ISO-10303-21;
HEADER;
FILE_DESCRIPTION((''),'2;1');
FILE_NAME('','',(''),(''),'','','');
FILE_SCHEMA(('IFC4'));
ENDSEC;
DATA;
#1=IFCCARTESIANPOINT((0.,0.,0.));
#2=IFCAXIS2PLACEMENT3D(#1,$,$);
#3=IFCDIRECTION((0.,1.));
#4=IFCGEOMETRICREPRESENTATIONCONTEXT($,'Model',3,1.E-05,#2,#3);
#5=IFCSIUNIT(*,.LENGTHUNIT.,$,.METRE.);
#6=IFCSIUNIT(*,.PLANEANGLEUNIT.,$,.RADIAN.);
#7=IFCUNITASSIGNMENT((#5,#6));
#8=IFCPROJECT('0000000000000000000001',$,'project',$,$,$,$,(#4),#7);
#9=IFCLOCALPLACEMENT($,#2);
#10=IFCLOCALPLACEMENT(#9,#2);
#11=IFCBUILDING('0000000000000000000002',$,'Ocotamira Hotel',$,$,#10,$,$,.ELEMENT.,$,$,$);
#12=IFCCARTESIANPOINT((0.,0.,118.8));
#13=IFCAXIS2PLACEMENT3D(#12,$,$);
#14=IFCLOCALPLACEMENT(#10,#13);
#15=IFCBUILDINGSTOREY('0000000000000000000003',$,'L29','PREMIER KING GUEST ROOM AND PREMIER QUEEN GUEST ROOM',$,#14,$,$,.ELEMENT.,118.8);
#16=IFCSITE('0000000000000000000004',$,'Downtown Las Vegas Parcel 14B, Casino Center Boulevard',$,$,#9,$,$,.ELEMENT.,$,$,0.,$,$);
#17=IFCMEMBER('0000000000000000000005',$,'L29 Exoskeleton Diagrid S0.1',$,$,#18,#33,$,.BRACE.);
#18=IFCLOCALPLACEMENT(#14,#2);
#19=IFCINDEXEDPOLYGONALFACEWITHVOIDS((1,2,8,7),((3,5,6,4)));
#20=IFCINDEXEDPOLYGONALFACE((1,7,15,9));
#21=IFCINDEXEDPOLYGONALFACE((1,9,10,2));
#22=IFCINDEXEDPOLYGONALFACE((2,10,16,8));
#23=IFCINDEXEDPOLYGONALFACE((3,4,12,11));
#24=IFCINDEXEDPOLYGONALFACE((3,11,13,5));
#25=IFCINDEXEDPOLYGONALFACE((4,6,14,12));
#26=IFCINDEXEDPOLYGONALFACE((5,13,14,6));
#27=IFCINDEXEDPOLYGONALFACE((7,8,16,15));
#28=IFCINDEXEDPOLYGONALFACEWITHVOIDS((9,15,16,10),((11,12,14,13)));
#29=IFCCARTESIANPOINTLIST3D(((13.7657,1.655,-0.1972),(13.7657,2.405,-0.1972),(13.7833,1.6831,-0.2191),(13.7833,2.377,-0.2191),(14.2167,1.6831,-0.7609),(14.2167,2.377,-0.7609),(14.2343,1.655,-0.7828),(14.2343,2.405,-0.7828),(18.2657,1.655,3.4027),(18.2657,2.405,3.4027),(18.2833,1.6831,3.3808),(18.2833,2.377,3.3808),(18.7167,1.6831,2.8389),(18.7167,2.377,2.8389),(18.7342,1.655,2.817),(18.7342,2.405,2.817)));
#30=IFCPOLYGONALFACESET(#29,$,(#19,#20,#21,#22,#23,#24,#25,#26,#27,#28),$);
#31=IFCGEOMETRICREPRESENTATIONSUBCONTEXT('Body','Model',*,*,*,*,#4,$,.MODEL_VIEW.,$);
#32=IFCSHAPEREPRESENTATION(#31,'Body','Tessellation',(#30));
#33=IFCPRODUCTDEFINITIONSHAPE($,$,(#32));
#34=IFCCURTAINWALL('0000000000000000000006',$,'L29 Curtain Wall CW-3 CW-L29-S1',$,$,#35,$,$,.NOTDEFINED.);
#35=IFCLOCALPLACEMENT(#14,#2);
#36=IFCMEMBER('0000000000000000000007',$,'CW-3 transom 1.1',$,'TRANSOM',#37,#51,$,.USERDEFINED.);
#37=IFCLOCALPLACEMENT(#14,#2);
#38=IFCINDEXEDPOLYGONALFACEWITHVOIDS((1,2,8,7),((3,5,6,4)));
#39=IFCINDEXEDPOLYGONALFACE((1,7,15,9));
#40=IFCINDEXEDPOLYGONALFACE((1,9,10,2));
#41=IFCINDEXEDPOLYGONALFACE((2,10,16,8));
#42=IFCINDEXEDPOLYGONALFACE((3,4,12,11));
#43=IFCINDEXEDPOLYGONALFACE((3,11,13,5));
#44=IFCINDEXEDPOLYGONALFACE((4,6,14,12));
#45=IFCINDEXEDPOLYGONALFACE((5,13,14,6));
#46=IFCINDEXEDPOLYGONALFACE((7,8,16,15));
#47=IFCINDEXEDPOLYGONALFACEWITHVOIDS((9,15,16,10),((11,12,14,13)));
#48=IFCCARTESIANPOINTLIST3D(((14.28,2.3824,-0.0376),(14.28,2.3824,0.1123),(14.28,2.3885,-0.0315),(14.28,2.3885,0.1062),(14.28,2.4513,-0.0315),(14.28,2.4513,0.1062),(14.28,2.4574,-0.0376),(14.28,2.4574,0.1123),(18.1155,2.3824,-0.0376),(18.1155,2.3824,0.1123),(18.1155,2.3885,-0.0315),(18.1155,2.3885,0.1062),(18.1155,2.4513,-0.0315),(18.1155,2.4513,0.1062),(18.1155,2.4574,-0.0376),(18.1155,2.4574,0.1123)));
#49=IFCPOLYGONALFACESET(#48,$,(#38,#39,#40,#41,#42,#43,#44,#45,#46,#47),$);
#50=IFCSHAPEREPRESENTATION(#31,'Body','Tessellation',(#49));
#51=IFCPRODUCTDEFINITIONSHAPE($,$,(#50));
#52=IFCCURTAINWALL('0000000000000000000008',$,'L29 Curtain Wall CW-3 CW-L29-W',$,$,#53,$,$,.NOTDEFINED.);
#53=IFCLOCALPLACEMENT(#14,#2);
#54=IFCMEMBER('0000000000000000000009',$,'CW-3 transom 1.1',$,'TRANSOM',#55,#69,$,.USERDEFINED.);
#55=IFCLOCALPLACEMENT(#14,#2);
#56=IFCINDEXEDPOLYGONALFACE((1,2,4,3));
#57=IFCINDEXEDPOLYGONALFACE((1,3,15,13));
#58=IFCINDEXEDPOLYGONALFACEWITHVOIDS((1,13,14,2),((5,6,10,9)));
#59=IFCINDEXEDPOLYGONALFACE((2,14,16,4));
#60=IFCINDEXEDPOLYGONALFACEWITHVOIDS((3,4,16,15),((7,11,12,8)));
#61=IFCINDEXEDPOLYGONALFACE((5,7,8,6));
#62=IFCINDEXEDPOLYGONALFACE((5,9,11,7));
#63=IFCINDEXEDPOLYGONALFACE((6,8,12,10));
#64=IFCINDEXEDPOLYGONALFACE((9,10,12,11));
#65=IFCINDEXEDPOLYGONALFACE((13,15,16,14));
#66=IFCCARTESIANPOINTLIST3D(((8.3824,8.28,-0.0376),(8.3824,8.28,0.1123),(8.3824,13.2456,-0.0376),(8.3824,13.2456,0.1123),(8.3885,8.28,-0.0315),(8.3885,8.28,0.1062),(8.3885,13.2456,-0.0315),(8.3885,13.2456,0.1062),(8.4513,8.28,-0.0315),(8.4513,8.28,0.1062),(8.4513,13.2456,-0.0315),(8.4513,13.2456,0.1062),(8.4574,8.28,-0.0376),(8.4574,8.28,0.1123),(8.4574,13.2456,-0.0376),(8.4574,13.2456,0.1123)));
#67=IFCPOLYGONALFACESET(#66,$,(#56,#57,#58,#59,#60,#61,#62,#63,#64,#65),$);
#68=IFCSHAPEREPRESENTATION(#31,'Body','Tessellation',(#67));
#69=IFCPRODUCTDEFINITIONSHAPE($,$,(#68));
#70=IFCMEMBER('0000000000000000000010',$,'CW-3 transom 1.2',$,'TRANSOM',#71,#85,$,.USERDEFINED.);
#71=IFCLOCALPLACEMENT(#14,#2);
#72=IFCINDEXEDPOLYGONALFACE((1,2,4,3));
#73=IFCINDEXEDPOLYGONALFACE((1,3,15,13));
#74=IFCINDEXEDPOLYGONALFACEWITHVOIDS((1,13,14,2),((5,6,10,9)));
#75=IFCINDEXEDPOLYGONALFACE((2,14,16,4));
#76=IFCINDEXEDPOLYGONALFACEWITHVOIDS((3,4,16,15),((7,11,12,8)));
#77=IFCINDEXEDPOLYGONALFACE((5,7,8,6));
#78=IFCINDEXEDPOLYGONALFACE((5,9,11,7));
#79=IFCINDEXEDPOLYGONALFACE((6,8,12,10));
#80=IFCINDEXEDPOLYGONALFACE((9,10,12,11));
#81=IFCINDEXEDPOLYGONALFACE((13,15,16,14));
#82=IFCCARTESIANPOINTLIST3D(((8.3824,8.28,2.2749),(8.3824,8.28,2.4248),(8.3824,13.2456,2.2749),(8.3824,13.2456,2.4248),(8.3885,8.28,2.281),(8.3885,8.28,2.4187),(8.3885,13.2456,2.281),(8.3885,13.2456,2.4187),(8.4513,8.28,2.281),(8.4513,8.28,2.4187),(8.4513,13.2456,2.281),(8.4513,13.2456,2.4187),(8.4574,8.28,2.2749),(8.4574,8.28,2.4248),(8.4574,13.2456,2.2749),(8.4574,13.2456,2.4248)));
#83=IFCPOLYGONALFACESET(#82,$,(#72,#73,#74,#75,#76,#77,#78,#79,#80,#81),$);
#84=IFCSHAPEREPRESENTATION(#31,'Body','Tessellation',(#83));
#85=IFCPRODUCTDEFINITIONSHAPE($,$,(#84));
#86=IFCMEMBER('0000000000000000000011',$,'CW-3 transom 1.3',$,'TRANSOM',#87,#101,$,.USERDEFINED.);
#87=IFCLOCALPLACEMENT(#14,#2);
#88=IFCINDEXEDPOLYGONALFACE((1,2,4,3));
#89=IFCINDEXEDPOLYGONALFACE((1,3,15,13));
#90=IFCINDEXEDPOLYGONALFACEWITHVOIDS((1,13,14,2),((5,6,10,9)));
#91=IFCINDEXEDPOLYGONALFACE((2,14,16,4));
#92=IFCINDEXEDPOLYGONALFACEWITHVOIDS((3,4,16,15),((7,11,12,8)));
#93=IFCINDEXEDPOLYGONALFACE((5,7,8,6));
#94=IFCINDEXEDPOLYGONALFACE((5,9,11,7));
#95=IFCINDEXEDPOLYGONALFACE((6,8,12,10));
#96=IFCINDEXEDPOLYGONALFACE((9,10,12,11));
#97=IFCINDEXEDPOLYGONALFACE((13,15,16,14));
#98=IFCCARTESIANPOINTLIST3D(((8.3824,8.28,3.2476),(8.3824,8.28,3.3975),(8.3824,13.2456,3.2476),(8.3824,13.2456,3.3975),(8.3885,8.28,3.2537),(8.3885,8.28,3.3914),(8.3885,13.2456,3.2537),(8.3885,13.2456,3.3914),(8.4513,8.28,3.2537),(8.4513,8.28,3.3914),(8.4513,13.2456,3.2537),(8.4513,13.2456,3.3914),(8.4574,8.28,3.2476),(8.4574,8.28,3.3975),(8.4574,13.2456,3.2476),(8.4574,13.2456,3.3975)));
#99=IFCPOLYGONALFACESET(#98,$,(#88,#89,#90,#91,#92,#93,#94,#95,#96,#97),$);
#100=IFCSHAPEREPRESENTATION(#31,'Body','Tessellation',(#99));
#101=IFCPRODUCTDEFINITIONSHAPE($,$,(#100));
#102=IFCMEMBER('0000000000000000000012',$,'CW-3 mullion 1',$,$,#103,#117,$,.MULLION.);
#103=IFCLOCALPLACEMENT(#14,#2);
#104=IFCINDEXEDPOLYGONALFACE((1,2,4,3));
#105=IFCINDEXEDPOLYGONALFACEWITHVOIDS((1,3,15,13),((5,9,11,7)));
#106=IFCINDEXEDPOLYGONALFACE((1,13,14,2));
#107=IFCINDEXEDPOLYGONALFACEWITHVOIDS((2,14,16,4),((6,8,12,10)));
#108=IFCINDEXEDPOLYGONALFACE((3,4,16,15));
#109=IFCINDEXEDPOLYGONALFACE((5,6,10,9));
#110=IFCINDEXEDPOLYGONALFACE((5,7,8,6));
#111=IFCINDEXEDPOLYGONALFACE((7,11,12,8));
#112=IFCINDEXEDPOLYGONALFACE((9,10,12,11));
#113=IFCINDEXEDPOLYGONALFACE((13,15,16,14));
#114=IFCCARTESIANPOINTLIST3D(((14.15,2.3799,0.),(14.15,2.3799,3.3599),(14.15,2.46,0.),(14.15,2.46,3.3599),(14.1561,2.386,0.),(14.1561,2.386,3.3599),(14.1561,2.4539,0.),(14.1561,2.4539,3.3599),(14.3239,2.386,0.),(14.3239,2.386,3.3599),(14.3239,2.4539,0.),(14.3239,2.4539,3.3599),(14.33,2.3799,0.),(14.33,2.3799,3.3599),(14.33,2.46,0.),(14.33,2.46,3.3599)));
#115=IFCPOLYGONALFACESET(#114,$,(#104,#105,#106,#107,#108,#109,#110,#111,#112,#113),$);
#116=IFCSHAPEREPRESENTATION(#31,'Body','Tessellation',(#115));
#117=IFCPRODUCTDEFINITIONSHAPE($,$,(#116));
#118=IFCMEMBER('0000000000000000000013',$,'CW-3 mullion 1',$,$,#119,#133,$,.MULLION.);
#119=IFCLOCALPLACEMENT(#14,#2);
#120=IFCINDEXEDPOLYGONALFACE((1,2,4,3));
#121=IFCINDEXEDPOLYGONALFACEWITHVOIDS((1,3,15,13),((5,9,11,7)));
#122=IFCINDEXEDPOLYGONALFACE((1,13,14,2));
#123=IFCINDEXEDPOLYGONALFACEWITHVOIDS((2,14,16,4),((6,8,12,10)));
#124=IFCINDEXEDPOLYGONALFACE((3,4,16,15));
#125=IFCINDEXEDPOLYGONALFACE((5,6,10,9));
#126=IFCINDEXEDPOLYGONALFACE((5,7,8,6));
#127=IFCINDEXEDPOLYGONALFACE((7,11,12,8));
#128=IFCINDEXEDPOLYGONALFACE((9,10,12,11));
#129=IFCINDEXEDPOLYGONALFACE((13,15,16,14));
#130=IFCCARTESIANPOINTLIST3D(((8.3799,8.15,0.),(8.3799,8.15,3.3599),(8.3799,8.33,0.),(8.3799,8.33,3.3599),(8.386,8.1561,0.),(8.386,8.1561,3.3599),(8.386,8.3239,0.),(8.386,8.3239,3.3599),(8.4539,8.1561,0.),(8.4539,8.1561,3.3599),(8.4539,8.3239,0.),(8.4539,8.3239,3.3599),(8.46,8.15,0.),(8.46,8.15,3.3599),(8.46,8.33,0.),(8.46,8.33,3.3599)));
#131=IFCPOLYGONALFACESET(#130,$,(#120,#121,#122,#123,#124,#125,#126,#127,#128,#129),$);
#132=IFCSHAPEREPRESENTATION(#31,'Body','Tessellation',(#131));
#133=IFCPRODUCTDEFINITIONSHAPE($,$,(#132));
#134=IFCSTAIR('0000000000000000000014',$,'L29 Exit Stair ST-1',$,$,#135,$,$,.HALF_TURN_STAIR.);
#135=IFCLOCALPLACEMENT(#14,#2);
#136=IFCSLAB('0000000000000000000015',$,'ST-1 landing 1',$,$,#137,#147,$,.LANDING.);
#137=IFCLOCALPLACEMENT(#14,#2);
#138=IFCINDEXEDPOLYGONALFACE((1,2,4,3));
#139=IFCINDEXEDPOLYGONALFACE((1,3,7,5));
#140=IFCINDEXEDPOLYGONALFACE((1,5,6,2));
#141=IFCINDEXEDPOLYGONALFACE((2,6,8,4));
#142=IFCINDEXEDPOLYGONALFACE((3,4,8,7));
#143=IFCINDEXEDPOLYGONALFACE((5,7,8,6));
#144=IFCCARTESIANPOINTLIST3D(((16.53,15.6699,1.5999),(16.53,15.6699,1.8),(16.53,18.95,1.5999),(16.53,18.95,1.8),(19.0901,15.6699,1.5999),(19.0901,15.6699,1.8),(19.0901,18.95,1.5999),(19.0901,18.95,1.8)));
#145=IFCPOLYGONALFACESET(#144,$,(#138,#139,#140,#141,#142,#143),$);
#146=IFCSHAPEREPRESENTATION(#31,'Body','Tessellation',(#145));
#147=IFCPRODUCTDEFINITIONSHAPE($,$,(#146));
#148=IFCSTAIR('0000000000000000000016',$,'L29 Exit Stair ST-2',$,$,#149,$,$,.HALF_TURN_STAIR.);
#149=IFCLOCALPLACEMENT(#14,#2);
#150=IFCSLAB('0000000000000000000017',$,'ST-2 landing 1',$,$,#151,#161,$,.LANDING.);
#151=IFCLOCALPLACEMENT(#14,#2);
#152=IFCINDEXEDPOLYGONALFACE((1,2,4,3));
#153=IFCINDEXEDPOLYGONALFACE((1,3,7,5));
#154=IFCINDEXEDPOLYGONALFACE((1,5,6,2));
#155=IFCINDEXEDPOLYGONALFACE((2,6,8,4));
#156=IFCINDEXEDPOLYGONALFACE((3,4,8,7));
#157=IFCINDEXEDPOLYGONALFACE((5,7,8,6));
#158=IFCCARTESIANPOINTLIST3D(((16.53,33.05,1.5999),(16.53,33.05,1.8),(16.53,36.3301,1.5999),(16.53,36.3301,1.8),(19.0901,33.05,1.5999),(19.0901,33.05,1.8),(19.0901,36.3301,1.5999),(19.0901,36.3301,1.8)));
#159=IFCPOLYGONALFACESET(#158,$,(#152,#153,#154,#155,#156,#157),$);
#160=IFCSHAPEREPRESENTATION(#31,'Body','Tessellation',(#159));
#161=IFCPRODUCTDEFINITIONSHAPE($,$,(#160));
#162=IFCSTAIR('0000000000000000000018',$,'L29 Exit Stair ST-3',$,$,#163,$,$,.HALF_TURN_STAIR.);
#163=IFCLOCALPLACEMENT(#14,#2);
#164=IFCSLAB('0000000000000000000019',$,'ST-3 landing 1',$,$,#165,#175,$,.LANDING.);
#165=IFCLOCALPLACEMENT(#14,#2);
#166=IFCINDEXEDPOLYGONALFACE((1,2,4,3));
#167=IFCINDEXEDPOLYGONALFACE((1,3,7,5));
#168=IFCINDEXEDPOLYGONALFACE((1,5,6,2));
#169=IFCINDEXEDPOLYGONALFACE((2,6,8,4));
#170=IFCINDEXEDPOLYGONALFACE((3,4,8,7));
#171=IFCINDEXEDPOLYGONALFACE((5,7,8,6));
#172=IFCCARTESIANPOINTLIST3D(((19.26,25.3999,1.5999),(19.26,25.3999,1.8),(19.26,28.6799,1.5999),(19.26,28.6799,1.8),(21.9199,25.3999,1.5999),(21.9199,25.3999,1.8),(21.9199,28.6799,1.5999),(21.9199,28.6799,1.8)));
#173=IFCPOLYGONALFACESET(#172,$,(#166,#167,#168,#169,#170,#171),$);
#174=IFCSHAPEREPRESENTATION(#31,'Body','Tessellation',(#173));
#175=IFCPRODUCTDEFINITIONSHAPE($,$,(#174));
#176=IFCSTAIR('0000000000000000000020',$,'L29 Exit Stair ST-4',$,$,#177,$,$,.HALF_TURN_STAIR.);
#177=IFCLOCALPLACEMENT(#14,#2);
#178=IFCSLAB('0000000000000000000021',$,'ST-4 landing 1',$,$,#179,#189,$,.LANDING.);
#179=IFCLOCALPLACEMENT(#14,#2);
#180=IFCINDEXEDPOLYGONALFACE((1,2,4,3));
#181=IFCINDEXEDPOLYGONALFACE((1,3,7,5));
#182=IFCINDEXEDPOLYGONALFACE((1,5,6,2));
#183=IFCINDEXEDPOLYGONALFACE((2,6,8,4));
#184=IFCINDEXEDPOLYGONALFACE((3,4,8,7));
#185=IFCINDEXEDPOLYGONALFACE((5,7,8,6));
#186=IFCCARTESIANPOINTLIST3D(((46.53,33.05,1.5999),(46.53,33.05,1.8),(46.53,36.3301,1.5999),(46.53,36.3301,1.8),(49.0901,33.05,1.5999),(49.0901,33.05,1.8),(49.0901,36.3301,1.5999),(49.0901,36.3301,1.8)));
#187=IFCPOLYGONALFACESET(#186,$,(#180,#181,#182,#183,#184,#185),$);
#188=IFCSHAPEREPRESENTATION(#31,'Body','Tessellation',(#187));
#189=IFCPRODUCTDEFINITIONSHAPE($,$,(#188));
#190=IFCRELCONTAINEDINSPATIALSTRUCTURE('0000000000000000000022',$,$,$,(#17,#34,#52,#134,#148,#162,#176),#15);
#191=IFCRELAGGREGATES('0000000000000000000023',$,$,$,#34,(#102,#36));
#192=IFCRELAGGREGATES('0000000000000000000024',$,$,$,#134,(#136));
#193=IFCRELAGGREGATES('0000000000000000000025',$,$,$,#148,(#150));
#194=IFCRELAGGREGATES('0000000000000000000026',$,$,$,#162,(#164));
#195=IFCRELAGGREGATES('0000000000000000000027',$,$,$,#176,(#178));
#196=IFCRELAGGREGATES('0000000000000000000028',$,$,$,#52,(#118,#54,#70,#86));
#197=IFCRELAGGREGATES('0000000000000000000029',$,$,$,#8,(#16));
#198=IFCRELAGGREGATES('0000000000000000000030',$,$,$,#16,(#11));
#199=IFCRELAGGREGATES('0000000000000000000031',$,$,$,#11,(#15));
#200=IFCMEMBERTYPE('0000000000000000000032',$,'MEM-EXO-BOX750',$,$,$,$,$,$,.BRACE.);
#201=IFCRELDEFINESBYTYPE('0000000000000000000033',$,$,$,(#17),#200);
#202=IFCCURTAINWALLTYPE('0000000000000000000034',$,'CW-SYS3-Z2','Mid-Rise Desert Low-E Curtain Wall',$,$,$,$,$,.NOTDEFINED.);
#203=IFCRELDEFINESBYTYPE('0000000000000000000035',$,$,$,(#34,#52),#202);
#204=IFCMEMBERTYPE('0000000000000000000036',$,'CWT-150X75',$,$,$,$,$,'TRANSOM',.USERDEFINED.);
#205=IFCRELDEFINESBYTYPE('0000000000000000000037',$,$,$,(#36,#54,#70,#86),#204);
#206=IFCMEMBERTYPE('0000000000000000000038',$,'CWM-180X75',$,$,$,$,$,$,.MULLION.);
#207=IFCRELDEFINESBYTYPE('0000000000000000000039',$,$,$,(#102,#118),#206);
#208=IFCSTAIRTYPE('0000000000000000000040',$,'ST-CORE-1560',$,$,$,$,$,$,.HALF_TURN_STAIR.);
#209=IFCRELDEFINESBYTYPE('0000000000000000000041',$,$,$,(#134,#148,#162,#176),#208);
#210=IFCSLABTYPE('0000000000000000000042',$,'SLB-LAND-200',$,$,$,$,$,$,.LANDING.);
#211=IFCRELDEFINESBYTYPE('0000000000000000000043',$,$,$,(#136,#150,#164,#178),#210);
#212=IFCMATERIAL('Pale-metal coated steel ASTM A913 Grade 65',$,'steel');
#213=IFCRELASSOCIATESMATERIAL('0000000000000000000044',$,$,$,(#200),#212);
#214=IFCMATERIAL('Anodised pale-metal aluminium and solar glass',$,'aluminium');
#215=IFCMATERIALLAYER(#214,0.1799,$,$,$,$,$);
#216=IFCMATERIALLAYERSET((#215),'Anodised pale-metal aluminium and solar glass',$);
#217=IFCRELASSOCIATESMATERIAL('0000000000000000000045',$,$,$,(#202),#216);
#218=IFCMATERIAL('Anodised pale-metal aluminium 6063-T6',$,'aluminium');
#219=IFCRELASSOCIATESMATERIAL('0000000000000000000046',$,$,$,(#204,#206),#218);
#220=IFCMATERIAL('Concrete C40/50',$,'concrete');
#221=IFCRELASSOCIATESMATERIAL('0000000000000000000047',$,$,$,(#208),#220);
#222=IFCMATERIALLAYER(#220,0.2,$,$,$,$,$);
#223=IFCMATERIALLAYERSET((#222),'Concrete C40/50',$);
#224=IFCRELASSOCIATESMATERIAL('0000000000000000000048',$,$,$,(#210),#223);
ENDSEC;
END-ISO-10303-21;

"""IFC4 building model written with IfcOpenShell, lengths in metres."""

from ifc_helpers import new_model, si_unit, direction, frame, origin, origin_2d, place, context, subcontext, project, spatial, polyline, hollow_rectangle, outline, extrude, source, transform, mapped, material, layer, layer_set, material_profile, profile_set, type_object, element, aggregate, save


model = new_model("IFC4")

# Units and contexts
model_context = context("Model", 3, precision=1e-05, world=origin(), true_north=direction((0.0, 1.0)))
body_context = subcontext(model_context, "Body", "Model", "MODEL_VIEW")
ifc_project = project(units=[si_unit("LENGTHUNIT", "METRE"), si_unit("PLANEANGLEUNIT", "RADIAN")], contexts=[model_context])

# Site, building, storey
site_placement = place(None, origin())
site = spatial("IfcSite", under=ifc_project, at=site_placement, Name="Downtown Las Vegas Parcel 14B, Casino Center Boulevard", CompositionType="ELEMENT", RefElevation=0.0)
building_placement = place(site_placement, origin())
building = spatial("IfcBuilding", under=site, at=building_placement, Name="Ocotamira Hotel", CompositionType="ELEMENT")
storey_placement = place(building_placement, frame((0.0, 0.0, 118.8)))
storey = spatial("IfcBuildingStorey", under=building, at=storey_placement, Name="L29", Description="PREMIER KING GUEST ROOM AND PREMIER QUEEN GUEST ROOM", CompositionType="ELEMENT", Elevation=118.8)

# Member
ifc_material_1 = material(Name="Pale-metal coated steel ASTM A913 Grade 65", Category="steel")
ifc_material_profile_1 = material_profile(ifc_material_1, hollow_rectangle(XDim=0.75, YDim=0.75, WallThickness=0.0281, at=origin_2d()), Name="BOX750X750X28")
ifc_profile_set_1 = profile_set([ifc_material_profile_1], Name="Pale-metal coated steel ASTM A913 Grade 65")
member_type_1 = type_object("IfcMemberType", Name="MEM-EXO-BOX750", PredefinedType="BRACE", material=ifc_profile_set_1)
shared_shape_1 = source(origin(), body_context, "Body", "SweptSolid", [
    extrude(hollow_rectangle(XDim=0.75, YDim=0.75, WallThickness=0.0281, at=origin_2d()), origin(), (0.0, 0.0, 1.0), 5.7627),
])
member_1_placement = place(storey_placement, frame((14.0, 2.03, -0.49), z_axis=(0.780881, 0.0, 0.62468), x_axis=(0.0, 1.0, 0.0)))
element("IfcMember", 1, at=member_1_placement, inside=storey, type_object=member_type_1, Name="L29 Exoskeleton Diagrid S0.1", PredefinedType="BRACE", context=body_context, shape_type="MappedRepresentation", body=[
    mapped(shared_shape_1, transform((0.0, 0.0, 0.0), scale=1.0)),
])

# Curtain wall, member
ifc_material_2 = material(Name="Anodised pale-metal aluminium and solar glass", Category="aluminium")
ifc_layer_1 = layer(ifc_material_2, 0.1799)
ifc_layer_set_1 = layer_set([ifc_layer_1], Name="Anodised pale-metal aluminium and solar glass")
curtain_wall_type = type_object("IfcCurtainWallType", Name="CW-SYS3-Z2", Description="Mid-Rise Desert Low-E Curtain Wall", PredefinedType="NOTDEFINED", material=ifc_layer_set_1)
curtain_wall_1_placement = place(storey_placement, origin())
curtain_wall_1 = element("IfcCurtainWall", 2, at=curtain_wall_1_placement, inside=storey, type_object=curtain_wall_type, Name="L29 Curtain Wall CW-3 CW-L29-S1", PredefinedType="NOTDEFINED")
ifc_material_3 = material(Name="Anodised pale-metal aluminium 6063-T6", Category="aluminium")
ifc_material_profile_2 = material_profile(ifc_material_3, hollow_rectangle(XDim=0.075, YDim=0.1499, WallThickness=0.0061, at=origin_2d()), Name="HSS150X75X6")
ifc_profile_set_2 = profile_set([ifc_material_profile_2], Name="Anodised pale-metal aluminium 6063-T6")
member_type_2 = type_object("IfcMemberType", Name="CWT-150X75", ElementType="TRANSOM", PredefinedType="USERDEFINED", material=ifc_profile_set_2)
shared_shape_2 = source(origin(), body_context, "Body", "SweptSolid", [
    extrude(hollow_rectangle(XDim=0.075, YDim=0.1499, WallThickness=0.0061, at=origin_2d()), origin(), (0.0, 0.0, 1.0), 3.8354),
])
member_2_placement = place(storey_placement, frame((14.28, 2.4199, 0.0374), z_axis=(1.0, 0.0, 0.0), x_axis=(0.0, 1.0, 0.0)))
member_2 = element("IfcMember", 3, at=member_2_placement, type_object=member_type_2, Name="CW-3 transom 1.1", ObjectType="TRANSOM", PredefinedType="USERDEFINED", context=body_context, shape_type="MappedRepresentation", body=[
    mapped(shared_shape_2, transform((0.0, 0.0, 0.0), scale=1.0)),
])

# Curtain wall, members
curtain_wall_2_placement = place(storey_placement, origin())
curtain_wall_2 = element("IfcCurtainWall", 4, at=curtain_wall_2_placement, inside=storey, type_object=curtain_wall_type, Name="L29 Curtain Wall CW-3 CW-L29-W", PredefinedType="NOTDEFINED")
shared_shape_3 = source(origin(), body_context, "Body", "SweptSolid", [
    extrude(hollow_rectangle(XDim=0.075, YDim=0.1499, WallThickness=0.0061, at=origin_2d()), origin(), (0.0, 0.0, 1.0), 4.9656),
])
member_3_placement = place(storey_placement, frame((8.4199, 8.28, 0.0374), z_axis=(0.0, 1.0, 0.0), x_axis=(-1.0, 0.0, 0.0)))
member_3 = element("IfcMember", 5, at=member_3_placement, type_object=member_type_2, Name="CW-3 transom 1.1", ObjectType="TRANSOM", PredefinedType="USERDEFINED", context=body_context, shape_type="MappedRepresentation", body=[
    mapped(shared_shape_3, transform((0.0, 0.0, 0.0), scale=1.0)),
])
member_4_placement = place(storey_placement, frame((8.4199, 8.28, 2.3499), z_axis=(0.0, 1.0, 0.0), x_axis=(-1.0, 0.0, 0.0)))
member_4 = element("IfcMember", 6, at=member_4_placement, type_object=member_type_2, Name="CW-3 transom 1.2", ObjectType="TRANSOM", PredefinedType="USERDEFINED", context=body_context, shape_type="MappedRepresentation", body=[
    mapped(shared_shape_3, transform((0.0, 0.0, 0.0), scale=1.0)),
])
member_5_placement = place(storey_placement, frame((8.4199, 8.28, 3.3225), z_axis=(0.0, 1.0, 0.0), x_axis=(-1.0, 0.0, 0.0)))
member_5 = element("IfcMember", 7, at=member_5_placement, type_object=member_type_2, Name="CW-3 transom 1.3", ObjectType="TRANSOM", PredefinedType="USERDEFINED", context=body_context, shape_type="MappedRepresentation", body=[
    mapped(shared_shape_3, transform((0.0, 0.0, 0.0), scale=1.0)),
])

# Members
ifc_material_profile_3 = material_profile(ifc_material_3, hollow_rectangle(XDim=0.0801, YDim=0.1799, WallThickness=0.0061, at=origin_2d()), Name="HSS180X80X6")
ifc_profile_set_3 = profile_set([ifc_material_profile_3], Name="Anodised pale-metal aluminium 6063-T6")
member_type_3 = type_object("IfcMemberType", Name="CWM-180X75", PredefinedType="MULLION", material=ifc_profile_set_3)
shared_shape_4 = source(origin(), body_context, "Body", "SweptSolid", [
    extrude(hollow_rectangle(XDim=0.0801, YDim=0.1799, WallThickness=0.0061, at=origin_2d()), origin(), (0.0, 0.0, 1.0), 3.3599),
])
member_6_placement = place(storey_placement, frame((14.24, 2.4199, 0.0), z_axis=(0.0, 0.0, 1.0), x_axis=(0.0, 1.0, 0.0)))
member_6 = element("IfcMember", 8, at=member_6_placement, type_object=member_type_3, Name="CW-3 mullion 1", PredefinedType="MULLION", context=body_context, shape_type="MappedRepresentation", body=[
    mapped(shared_shape_4, transform((0.0, 0.0, 0.0), scale=1.0)),
])
aggregate(curtain_wall_1, [member_6, member_2])
member_7_placement = place(storey_placement, frame((8.4199, 8.24, 0.0), z_axis=(0.0, 0.0, 1.0), x_axis=(-1.0, 0.0, 0.0)))
member_7 = element("IfcMember", 9, at=member_7_placement, type_object=member_type_3, Name="CW-3 mullion 1", PredefinedType="MULLION", context=body_context, shape_type="MappedRepresentation", body=[
    mapped(shared_shape_4, transform((0.0, 0.0, 0.0), scale=1.0)),
])

# Stairs, slabs
ifc_material_4 = material(Name="Concrete C40/50", Category="concrete")
stair_type = type_object("IfcStairType", Name="ST-CORE-1560", PredefinedType="HALF_TURN_STAIR", material=ifc_material_4)
stair_1_placement = place(storey_placement, origin())
stair_1 = element("IfcStair", 10, at=stair_1_placement, inside=storey, type_object=stair_type, Name="L29 Exit Stair ST-1", PredefinedType="HALF_TURN_STAIR")
ifc_layer_2 = layer(ifc_material_4, 0.2)
ifc_layer_set_2 = layer_set([ifc_layer_2], Name="Concrete C40/50")
slab_type_1 = type_object("IfcSlabType", Name="SLB-LAND-200", PredefinedType="LANDING", material=ifc_layer_set_2)
slab_1_placement = place(storey_placement, frame((0.0, 0.0, 1.5999)))
slab_1 = element("IfcSlab", 11, at=slab_1_placement, type_object=slab_type_1, Name="ST-1 landing 1", PredefinedType="LANDING", context=body_context, shape_type="SweptSolid", body=[
    extrude(outline(polyline([(16.53, 15.6699), (19.0901, 15.6699), (19.0901, 18.95), (16.53, 18.95), (16.53, 15.6699)])), origin(), (0.0, 0.0, 1.0), 0.2002),
])
aggregate(stair_1, [slab_1])
stair_2_placement = place(storey_placement, origin())
stair_2 = element("IfcStair", 12, at=stair_2_placement, inside=storey, type_object=stair_type, Name="L29 Exit Stair ST-2", PredefinedType="HALF_TURN_STAIR")
slab_2_placement = place(storey_placement, frame((0.0, 0.0, 1.5999)))
slab_2 = element("IfcSlab", 13, at=slab_2_placement, type_object=slab_type_1, Name="ST-2 landing 1", PredefinedType="LANDING", context=body_context, shape_type="SweptSolid", body=[
    extrude(outline(polyline([(16.53, 33.05), (19.0901, 33.05), (19.0901, 36.3301), (16.53, 36.3301), (16.53, 33.05)])), origin(), (0.0, 0.0, 1.0), 0.2002),
])
aggregate(stair_2, [slab_2])
stair_3_placement = place(storey_placement, origin())
stair_3 = element("IfcStair", 14, at=stair_3_placement, inside=storey, type_object=stair_type, Name="L29 Exit Stair ST-3", PredefinedType="HALF_TURN_STAIR")
slab_3_placement = place(storey_placement, frame((0.0, 0.0, 1.5999)))
slab_3 = element("IfcSlab", 15, at=slab_3_placement, type_object=slab_type_1, Name="ST-3 landing 1", PredefinedType="LANDING", context=body_context, shape_type="SweptSolid", body=[
    extrude(outline(polyline([(19.26, 25.3999), (21.9199, 25.3999), (21.9199, 28.6799), (19.26, 28.6799), (19.26, 25.3999)])), origin(), (0.0, 0.0, 1.0), 0.2002),
])
aggregate(stair_3, [slab_3])
stair_4_placement = place(storey_placement, origin())
stair_4 = element("IfcStair", 16, at=stair_4_placement, inside=storey, type_object=stair_type, Name="L29 Exit Stair ST-4", PredefinedType="HALF_TURN_STAIR")
slab_4_placement = place(storey_placement, frame((0.0, 0.0, 1.5999)))
slab_4 = element("IfcSlab", 17, at=slab_4_placement, type_object=slab_type_1, Name="ST-4 landing 1", PredefinedType="LANDING", context=body_context, shape_type="SweptSolid", body=[
    extrude(outline(polyline([(46.53, 33.05), (49.0901, 33.05), (49.0901, 36.3301), (46.53, 36.3301), (46.53, 33.05)])), origin(), (0.0, 0.0, 1.0), 0.2002),
])
aggregate(stair_4, [slab_4])

aggregate(curtain_wall_2, [member_7, member_3, member_4, member_5])

save(model, "model.ifc")
